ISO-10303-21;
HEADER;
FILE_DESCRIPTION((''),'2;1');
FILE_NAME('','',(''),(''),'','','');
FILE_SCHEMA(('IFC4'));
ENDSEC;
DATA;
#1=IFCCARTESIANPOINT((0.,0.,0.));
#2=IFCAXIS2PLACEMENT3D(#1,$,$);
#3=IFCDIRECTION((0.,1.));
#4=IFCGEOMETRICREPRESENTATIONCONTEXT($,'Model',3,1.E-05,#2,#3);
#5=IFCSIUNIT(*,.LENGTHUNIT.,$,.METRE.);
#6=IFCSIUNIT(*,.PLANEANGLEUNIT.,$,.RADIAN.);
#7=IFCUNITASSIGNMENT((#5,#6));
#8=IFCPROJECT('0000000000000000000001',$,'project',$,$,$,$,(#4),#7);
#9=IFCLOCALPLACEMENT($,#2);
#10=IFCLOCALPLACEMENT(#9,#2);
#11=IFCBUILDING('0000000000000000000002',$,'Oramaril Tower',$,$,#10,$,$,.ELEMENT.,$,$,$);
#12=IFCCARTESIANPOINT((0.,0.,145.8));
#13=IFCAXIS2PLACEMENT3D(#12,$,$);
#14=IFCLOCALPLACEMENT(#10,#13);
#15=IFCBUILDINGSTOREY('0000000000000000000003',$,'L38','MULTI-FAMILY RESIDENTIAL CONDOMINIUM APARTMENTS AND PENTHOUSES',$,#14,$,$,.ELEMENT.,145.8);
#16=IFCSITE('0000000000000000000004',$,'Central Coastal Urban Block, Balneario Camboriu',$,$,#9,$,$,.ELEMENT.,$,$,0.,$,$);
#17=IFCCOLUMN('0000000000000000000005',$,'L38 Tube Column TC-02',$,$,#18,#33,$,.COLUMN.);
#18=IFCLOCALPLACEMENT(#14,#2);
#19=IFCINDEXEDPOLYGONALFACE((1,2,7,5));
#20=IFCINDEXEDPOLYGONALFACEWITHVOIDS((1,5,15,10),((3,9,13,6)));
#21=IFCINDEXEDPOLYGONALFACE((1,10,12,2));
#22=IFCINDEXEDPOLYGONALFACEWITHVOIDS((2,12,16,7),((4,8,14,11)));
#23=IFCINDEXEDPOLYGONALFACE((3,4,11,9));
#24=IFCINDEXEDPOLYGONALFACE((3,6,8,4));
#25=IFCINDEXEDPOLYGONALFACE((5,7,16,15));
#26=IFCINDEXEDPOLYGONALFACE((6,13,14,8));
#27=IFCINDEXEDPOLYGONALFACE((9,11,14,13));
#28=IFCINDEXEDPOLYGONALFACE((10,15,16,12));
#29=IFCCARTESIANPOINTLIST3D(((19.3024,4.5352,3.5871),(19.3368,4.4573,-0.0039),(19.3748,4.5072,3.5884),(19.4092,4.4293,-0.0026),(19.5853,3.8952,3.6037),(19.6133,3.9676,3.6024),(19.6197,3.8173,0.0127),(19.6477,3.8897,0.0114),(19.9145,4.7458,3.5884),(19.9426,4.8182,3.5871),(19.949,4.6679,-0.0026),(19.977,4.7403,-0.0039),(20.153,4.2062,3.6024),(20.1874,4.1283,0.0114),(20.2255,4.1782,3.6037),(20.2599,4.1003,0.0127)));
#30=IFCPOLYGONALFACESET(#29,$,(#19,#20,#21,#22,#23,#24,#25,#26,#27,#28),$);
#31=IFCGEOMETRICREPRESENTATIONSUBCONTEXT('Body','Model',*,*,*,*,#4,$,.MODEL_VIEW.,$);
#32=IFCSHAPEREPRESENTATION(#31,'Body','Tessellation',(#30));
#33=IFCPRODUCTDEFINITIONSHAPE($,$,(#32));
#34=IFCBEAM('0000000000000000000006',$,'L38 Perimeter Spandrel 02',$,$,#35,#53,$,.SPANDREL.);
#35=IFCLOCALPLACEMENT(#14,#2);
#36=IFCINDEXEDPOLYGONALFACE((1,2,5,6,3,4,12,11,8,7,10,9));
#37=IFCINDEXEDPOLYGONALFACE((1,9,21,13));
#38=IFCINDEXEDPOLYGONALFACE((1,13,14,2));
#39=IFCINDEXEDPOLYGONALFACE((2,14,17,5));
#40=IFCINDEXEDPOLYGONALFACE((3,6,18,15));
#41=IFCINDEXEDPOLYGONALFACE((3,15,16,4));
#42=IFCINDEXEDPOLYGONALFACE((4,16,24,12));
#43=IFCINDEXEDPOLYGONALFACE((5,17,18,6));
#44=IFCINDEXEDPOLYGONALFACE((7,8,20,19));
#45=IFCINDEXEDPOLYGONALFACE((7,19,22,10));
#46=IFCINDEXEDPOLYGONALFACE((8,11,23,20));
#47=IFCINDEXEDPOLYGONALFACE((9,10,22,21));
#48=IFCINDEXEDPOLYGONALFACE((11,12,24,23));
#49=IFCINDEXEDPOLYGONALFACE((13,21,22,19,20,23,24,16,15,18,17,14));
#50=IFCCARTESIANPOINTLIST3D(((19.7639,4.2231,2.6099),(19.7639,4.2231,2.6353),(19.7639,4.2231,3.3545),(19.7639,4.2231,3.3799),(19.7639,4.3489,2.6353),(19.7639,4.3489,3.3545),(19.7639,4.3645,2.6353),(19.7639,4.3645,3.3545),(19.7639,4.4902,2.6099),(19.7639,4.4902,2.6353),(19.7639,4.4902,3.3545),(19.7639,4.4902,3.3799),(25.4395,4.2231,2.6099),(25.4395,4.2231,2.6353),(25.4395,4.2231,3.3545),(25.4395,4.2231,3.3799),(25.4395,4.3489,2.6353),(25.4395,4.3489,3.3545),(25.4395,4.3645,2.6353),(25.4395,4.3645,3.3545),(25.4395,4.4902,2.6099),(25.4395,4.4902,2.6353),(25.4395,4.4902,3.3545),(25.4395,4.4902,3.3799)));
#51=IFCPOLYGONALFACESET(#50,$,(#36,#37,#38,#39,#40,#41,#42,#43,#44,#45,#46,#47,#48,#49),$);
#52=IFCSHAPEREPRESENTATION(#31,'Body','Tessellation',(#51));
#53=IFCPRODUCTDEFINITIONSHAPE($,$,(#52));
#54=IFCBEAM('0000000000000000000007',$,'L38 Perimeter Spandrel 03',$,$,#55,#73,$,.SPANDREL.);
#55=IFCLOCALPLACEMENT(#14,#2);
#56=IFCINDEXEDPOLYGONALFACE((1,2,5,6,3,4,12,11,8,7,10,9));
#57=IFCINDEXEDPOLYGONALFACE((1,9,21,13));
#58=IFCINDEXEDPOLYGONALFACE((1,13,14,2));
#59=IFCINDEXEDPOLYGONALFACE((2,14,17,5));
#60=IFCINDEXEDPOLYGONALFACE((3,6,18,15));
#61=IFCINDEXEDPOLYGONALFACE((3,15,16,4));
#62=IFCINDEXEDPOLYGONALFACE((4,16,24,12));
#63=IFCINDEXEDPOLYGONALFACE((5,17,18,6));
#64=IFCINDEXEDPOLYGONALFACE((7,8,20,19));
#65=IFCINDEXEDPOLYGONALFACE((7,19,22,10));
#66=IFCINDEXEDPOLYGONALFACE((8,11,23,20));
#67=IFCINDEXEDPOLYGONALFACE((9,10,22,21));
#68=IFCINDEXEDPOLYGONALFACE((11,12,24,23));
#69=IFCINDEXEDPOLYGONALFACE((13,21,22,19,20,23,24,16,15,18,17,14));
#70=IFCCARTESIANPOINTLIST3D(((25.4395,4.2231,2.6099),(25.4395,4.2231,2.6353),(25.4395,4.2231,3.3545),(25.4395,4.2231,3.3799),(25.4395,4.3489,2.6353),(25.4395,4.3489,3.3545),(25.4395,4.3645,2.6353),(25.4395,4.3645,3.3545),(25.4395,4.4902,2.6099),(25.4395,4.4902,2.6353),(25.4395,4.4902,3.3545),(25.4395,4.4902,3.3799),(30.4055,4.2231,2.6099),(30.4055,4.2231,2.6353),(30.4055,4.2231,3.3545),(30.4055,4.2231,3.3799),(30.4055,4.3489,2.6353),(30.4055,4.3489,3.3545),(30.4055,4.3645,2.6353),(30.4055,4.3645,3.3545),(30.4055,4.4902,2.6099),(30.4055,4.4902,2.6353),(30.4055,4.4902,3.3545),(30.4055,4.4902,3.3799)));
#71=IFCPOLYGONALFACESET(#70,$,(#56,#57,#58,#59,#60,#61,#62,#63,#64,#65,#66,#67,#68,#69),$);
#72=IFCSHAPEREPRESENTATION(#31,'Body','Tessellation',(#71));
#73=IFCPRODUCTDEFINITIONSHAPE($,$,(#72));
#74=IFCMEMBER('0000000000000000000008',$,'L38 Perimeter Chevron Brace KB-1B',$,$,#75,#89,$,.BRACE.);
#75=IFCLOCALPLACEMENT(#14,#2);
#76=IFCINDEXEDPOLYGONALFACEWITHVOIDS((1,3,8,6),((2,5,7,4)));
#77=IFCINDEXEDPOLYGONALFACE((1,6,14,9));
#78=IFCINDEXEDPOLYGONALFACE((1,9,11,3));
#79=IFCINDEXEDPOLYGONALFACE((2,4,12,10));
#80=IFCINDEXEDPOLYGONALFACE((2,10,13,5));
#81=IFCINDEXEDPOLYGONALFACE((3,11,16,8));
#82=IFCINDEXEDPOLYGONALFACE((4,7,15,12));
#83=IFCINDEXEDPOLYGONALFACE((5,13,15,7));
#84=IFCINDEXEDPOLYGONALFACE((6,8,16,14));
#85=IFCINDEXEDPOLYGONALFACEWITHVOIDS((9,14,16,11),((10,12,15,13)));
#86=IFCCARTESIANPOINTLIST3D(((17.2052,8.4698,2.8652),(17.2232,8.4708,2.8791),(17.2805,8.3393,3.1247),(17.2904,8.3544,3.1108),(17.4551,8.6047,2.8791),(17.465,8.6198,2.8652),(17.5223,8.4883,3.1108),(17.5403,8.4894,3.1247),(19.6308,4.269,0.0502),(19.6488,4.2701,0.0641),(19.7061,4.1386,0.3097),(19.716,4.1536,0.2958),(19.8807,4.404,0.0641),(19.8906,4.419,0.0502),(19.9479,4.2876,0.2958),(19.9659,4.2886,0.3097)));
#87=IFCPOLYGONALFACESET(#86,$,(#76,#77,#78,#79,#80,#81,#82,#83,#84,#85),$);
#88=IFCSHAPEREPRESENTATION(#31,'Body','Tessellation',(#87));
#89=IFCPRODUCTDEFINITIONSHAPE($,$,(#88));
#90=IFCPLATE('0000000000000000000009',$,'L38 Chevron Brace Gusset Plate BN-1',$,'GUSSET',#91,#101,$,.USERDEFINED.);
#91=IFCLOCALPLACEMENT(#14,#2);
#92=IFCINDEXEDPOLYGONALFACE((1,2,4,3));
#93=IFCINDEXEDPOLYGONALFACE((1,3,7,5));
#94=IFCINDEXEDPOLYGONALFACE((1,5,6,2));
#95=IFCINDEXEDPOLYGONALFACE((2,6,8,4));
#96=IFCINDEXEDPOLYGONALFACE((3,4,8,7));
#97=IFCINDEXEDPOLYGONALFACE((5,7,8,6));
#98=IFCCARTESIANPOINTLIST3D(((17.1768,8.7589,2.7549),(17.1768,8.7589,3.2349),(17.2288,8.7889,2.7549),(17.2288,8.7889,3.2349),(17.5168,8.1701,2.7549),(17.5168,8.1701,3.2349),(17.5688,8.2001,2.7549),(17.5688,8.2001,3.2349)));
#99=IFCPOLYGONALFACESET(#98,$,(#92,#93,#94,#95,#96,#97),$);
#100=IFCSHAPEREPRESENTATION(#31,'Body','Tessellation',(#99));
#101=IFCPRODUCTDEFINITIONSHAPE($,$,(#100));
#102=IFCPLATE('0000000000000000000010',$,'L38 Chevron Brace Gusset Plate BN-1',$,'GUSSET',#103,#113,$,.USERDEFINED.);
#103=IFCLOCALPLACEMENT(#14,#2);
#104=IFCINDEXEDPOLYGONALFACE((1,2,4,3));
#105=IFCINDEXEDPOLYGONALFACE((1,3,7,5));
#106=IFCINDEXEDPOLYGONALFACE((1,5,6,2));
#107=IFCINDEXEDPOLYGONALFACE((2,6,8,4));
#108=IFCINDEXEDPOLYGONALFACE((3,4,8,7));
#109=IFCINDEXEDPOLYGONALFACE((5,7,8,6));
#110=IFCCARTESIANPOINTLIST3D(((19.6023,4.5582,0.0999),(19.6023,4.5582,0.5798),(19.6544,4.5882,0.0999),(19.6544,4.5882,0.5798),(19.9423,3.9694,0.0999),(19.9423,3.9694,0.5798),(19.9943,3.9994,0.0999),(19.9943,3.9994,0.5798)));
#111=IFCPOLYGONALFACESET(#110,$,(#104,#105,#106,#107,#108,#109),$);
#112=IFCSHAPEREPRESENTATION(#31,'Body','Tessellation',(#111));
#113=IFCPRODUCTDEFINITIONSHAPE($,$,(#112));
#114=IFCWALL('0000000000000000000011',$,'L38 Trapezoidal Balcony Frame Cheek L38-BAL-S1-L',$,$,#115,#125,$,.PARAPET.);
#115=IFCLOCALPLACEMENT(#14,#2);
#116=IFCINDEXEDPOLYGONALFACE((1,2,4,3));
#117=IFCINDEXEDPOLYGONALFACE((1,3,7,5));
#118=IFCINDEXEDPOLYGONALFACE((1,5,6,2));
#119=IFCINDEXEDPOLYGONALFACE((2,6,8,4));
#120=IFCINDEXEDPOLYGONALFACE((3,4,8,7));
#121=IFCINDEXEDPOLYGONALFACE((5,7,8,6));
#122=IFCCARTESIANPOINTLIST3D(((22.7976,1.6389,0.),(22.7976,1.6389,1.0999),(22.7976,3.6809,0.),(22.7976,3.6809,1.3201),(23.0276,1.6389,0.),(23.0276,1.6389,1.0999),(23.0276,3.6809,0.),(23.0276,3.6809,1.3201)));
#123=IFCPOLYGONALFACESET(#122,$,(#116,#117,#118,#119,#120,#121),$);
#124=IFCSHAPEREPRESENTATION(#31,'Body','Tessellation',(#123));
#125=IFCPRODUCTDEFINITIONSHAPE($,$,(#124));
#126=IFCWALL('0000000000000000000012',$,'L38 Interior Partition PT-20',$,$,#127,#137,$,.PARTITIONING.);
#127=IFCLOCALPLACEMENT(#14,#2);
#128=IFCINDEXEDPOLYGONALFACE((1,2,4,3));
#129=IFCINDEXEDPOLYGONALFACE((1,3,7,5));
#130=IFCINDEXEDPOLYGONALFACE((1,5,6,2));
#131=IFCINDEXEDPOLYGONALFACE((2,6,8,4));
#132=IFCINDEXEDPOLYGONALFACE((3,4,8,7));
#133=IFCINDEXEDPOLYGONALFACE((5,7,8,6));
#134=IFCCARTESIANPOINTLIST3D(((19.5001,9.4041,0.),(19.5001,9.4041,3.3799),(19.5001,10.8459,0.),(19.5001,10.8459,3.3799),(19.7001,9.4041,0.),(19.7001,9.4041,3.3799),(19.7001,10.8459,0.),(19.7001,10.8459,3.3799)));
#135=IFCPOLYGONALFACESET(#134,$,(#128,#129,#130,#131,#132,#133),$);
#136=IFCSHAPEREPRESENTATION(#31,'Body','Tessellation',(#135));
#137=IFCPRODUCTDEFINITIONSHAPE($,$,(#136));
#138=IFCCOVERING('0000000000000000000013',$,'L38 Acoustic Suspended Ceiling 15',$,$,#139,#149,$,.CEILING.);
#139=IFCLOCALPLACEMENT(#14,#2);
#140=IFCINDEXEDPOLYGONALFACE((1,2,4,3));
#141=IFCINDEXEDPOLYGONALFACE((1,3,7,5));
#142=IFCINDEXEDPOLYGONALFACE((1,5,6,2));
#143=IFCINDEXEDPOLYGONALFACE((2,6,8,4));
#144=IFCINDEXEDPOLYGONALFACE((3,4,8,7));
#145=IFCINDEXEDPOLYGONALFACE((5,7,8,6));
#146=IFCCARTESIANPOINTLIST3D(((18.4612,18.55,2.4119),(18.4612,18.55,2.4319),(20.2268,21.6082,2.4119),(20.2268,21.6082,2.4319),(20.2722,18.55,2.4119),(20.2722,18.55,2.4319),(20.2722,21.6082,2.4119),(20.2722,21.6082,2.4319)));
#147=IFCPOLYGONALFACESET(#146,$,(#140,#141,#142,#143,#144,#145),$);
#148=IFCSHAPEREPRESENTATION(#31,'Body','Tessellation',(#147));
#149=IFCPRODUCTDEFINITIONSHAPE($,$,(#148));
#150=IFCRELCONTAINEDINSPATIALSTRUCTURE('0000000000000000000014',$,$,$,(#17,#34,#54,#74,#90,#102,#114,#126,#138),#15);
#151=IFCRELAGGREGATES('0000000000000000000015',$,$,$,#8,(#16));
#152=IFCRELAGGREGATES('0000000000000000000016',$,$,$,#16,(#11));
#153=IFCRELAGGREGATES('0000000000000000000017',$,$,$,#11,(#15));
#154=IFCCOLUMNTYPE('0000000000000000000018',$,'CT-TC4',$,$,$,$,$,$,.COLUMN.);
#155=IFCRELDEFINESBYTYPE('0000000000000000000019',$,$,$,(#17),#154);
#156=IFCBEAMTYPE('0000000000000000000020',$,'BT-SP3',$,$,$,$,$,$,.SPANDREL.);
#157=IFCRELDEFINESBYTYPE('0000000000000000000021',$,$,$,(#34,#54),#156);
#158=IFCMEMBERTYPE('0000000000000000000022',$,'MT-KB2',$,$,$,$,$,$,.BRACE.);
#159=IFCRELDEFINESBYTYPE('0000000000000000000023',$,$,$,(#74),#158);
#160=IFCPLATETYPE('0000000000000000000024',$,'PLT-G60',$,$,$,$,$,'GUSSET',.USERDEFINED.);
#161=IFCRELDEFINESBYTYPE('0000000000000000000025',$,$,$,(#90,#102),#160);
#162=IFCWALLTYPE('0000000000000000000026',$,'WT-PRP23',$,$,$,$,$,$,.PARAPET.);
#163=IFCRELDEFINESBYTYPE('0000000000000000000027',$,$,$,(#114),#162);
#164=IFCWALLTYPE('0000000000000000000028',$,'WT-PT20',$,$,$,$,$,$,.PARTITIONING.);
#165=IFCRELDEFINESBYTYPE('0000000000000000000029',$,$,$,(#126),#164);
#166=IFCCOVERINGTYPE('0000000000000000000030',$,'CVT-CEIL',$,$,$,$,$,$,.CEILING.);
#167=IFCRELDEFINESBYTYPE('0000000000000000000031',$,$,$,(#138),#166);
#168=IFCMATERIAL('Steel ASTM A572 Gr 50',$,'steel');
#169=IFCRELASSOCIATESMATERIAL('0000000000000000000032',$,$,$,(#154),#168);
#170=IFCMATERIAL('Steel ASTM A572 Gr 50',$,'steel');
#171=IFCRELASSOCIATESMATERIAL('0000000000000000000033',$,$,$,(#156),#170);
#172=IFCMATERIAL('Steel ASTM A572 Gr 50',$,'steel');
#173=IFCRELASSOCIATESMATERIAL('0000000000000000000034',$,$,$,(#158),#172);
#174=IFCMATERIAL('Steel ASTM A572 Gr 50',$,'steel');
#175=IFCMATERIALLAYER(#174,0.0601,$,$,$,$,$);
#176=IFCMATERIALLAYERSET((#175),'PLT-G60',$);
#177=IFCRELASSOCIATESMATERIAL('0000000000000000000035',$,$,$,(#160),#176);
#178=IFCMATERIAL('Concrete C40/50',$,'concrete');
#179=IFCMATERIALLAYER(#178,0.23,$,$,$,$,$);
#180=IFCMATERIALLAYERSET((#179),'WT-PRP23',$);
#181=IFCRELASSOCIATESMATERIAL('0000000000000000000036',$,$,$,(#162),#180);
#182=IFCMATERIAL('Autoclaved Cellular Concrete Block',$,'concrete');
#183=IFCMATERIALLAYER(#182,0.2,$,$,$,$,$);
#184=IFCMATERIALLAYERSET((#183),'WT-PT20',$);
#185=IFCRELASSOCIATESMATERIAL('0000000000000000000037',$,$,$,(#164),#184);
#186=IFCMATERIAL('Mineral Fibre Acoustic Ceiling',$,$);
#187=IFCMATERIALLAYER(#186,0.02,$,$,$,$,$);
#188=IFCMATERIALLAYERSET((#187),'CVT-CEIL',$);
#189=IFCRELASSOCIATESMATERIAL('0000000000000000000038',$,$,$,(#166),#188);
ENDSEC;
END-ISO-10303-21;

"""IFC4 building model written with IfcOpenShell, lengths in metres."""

from ifc_helpers import new_model, si_unit, direction, frame, frame_2d, origin, origin_2d, place, context, subcontext, project, spatial, polyline, rectangle, hollow_rectangle, i_section, outline, extrude, material, layer, layer_set, material_profile, profile_set, type_object, element, save


model = new_model("IFC4")

# Units and contexts
model_context = context("Model", 3, precision=1e-05, world=origin(), true_north=direction((0.0, 1.0)))
body_context = subcontext(model_context, "Body", "Model", "MODEL_VIEW")
ifc_project = project(units=[si_unit("LENGTHUNIT", "METRE"), si_unit("PLANEANGLEUNIT", "RADIAN")], contexts=[model_context])

# Site, building, storey
site_placement = place(None, origin())
site = spatial("IfcSite", under=ifc_project, at=site_placement, Name="Central Coastal Urban Block, Balneario Camboriu", CompositionType="ELEMENT", RefElevation=0.0)
building_placement = place(site_placement, origin())
building = spatial("IfcBuilding", under=site, at=building_placement, Name="Oramaril Tower", CompositionType="ELEMENT")
storey_placement = place(building_placement, frame((0.0, 0.0, 145.8)))
storey = spatial("IfcBuildingStorey", under=building, at=storey_placement, Name="L38", Description="MULTI-FAMILY RESIDENTIAL CONDOMINIUM APARTMENTS AND PENTHOUSES", CompositionType="ELEMENT", Elevation=145.8)

# Column
ifc_material_1 = material(Name="Steel ASTM A572 Gr 50", Category="steel")
ifc_material_profile_1 = material_profile(ifc_material_1, hollow_rectangle(XDim=0.7, YDim=0.7, WallThickness=0.0549, at=origin_2d()), Name="BOX700X700X55")
ifc_profile_set_1 = profile_set([ifc_material_profile_1], Name="Steel ASTM A572 Gr 50")
column_type = type_object("IfcColumnType", Name="CT-TC4", PredefinedType="COLUMN", material=ifc_profile_set_1)
column_placement = place(storey_placement, frame((19.7983, 4.2788, 0.0044), z_axis=(-0.009583, 0.021681, 0.999719), x_axis=(-0.914637, -0.404275, 0.0)))
element("IfcColumn", 1, at=column_placement, inside=storey, type_object=column_type, Name="L38 Tube Column TC-02", PredefinedType="COLUMN", context=body_context, shape_type="SweptSolid", body=[
    extrude(hollow_rectangle(XDim=0.7, YDim=0.7, WallThickness=0.0549, at=origin_2d()), origin(), (0.0, 0.0, 1.0), 3.592),
])

# Beams
ifc_material_2 = material(Name="Steel ASTM A572 Gr 50", Category="steel")
ifc_material_profile_2 = material_profile(ifc_material_2, i_section(OverallWidth=0.2671, OverallDepth=0.77, WebThickness=0.0156, FlangeThickness=0.0254, at=origin_2d()), Name="W30X132")
ifc_profile_set_2 = profile_set([ifc_material_profile_2], Name="Steel ASTM A572 Gr 50")
beam_type = type_object("IfcBeamType", Name="BT-SP3", PredefinedType="SPANDREL", material=ifc_profile_set_2)
beam_1_placement = place(storey_placement, frame((19.7639, 4.3567, 2.9949), z_axis=(1.0, 0.0, 0.0), x_axis=(0.0, 1.0, 0.0)))
element("IfcBeam", 2, at=beam_1_placement, inside=storey, type_object=beam_type, Name="L38 Perimeter Spandrel 02", PredefinedType="SPANDREL", context=body_context, shape_type="SweptSolid", body=[
    extrude(i_section(OverallWidth=0.2671, OverallDepth=0.77, WebThickness=0.0156, FlangeThickness=0.0254, at=origin_2d()), origin(), (0.0, 0.0, 1.0), 5.6755),
])
beam_2_placement = place(storey_placement, frame((25.4395, 4.3567, 2.9949), z_axis=(1.0, 0.0, 0.0), x_axis=(0.0, 1.0, 0.0)))
element("IfcBeam", 3, at=beam_2_placement, inside=storey, type_object=beam_type, Name="L38 Perimeter Spandrel 03", PredefinedType="SPANDREL", context=body_context, shape_type="SweptSolid", body=[
    extrude(i_section(OverallWidth=0.2671, OverallDepth=0.77, WebThickness=0.0156, FlangeThickness=0.0254, at=origin_2d()), origin(), (0.0, 0.0, 1.0), 4.9661),
])

# Member
ifc_material_3 = material(Name="Steel ASTM A572 Gr 50", Category="steel")
ifc_material_profile_3 = material_profile(ifc_material_3, hollow_rectangle(XDim=0.3, YDim=0.3, WallThickness=0.0161, at=origin_2d()), Name="HSS300X300X16")
ifc_profile_set_3 = profile_set([ifc_material_profile_3], Name="Steel ASTM A572 Gr 50")
member_type = type_object("IfcMemberType", Name="MT-KB2", PredefinedType="BRACE", material=ifc_profile_set_3)
member_placement = place(storey_placement, frame((19.7983, 4.2788, 0.1799), z_axis=(-0.432492, 0.749014, 0.501925), x_axis=(-0.866001, -0.500042, 0.0)))
element("IfcMember", 4, at=member_placement, inside=storey, type_object=member_type, Name="L38 Perimeter Chevron Brace KB-1B", PredefinedType="BRACE", context=body_context, shape_type="SweptSolid", body=[
    extrude(hollow_rectangle(XDim=0.3, YDim=0.3, WallThickness=0.0161, at=origin_2d()), origin(), (0.0, 0.0, 1.0), 5.6084),
])

# Plates
ifc_material_4 = material(Name="Steel ASTM A572 Gr 50", Category="steel")
ifc_layer_1 = layer(ifc_material_4, 0.0601)
ifc_layer_set_1 = layer_set([ifc_layer_1], Name="PLT-G60")
plate_type = type_object("IfcPlateType", Name="PLT-G60", ElementType="GUSSET", PredefinedType="USERDEFINED", material=ifc_layer_set_1)
for number, where, z_axis, x_axis, name in (
    (5, (17.3728, 8.4795, 2.7549), (0.0, 0.0, 1.0), (0.500003, -0.866024, 0.0), "L38 Chevron Brace Gusset Plate BN-1"),
    (6, (19.7983, 4.2788, 0.0999), (0.0, 0.0, 1.0), (0.500003, -0.866024, 0.0), "L38 Chevron Brace Gusset Plate BN-1"),
):
    element("IfcPlate", number, at=place(storey_placement, frame(where, z_axis=z_axis, x_axis=x_axis)), inside=storey, type_object=plate_type, Name=name, ObjectType="GUSSET", PredefinedType="USERDEFINED", context=body_context, shape_type="SweptSolid", body=[
        extrude(rectangle(XDim=0.6799, YDim=0.0601, at=origin_2d()), origin(), (0.0, 0.0, 1.0), 0.48),
    ])

# Wall
ifc_material_5 = material(Name="Concrete C40/50", Category="concrete")
ifc_layer_2 = layer(ifc_material_5, 0.23)
ifc_layer_set_2 = layer_set([ifc_layer_2], Name="WT-PRP23")
wall_type_1 = type_object("IfcWallType", Name="WT-PRP23", PredefinedType="PARAPET", material=ifc_layer_set_2)
wall_1_placement = place(storey_placement, frame((22.9126, 3.6809, 0.0), z_axis=(0.0, 0.0, 1.0), x_axis=(0.0, -1.0, 0.0)))
element("IfcWall", 7, at=wall_1_placement, inside=storey, type_object=wall_type_1, Name="L38 Trapezoidal Balcony Frame Cheek L38-BAL-S1-L", PredefinedType="PARAPET", context=body_context, shape_type="SweptSolid", body=[
    extrude(outline(polyline([(0.0, 0.0), (2.042, 0.0), (2.042, 1.0999), (0.0, 1.3201), (0.0, 0.0)])), frame((0.0, 0.115, 0.0), z_axis=(0.0, -1.0, 0.0), x_axis=(1.0, 0.0, 0.0)), (0.0, 0.0, 1.0), 0.23),
])

# Shared definitions
ifc_material_6 = material(Name="Autoclaved Cellular Concrete Block", Category="concrete")
ifc_layer_3 = layer(ifc_material_6, 0.2)
ifc_layer_set_3 = layer_set([ifc_layer_3], Name="WT-PT20")
wall_type_2 = type_object("IfcWallType", Name="WT-PT20", PredefinedType="PARTITIONING", material=ifc_layer_set_3)

# Wall
wall_2_placement = place(storey_placement, frame((19.6001, 9.4041, 0.0), z_axis=(0.0, 0.0, 1.0), x_axis=(0.0, 1.0, 0.0)))
element("IfcWall", 8, at=wall_2_placement, inside=storey, type_object=wall_type_2, Name="L38 Interior Partition PT-20", PredefinedType="PARTITIONING", context=body_context, shape_type="SweptSolid", body=[
    extrude(rectangle(XDim=1.4419, YDim=0.2, at=frame_2d((0.7209, 0.0))), origin(), (0.0, 0.0, 1.0), 3.3799),
])

# Covering
ifc_material_7 = material(Name="Mineral Fibre Acoustic Ceiling")
ifc_layer_4 = layer(ifc_material_7, 0.02)
ifc_layer_set_4 = layer_set([ifc_layer_4], Name="CVT-CEIL")
covering_type_1 = type_object("IfcCoveringType", Name="CVT-CEIL", PredefinedType="CEILING", material=ifc_layer_set_4)
covering_1_placement = place(storey_placement, frame((0.0, 0.0, 2.4119)))
element("IfcCovering", 9, at=covering_1_placement, inside=storey, type_object=covering_type_1, Name="L38 Acoustic Suspended Ceiling 15", PredefinedType="CEILING", context=body_context, shape_type="SweptSolid", body=[
    extrude(outline(polyline([(20.2268, 21.6082), (20.2722, 21.6082), (20.2722, 18.55), (18.4612, 18.55), (20.2268, 21.6082)])), origin(), (0.0, 0.0, 1.0), 0.02),
])

save(model, "model.ifc")
